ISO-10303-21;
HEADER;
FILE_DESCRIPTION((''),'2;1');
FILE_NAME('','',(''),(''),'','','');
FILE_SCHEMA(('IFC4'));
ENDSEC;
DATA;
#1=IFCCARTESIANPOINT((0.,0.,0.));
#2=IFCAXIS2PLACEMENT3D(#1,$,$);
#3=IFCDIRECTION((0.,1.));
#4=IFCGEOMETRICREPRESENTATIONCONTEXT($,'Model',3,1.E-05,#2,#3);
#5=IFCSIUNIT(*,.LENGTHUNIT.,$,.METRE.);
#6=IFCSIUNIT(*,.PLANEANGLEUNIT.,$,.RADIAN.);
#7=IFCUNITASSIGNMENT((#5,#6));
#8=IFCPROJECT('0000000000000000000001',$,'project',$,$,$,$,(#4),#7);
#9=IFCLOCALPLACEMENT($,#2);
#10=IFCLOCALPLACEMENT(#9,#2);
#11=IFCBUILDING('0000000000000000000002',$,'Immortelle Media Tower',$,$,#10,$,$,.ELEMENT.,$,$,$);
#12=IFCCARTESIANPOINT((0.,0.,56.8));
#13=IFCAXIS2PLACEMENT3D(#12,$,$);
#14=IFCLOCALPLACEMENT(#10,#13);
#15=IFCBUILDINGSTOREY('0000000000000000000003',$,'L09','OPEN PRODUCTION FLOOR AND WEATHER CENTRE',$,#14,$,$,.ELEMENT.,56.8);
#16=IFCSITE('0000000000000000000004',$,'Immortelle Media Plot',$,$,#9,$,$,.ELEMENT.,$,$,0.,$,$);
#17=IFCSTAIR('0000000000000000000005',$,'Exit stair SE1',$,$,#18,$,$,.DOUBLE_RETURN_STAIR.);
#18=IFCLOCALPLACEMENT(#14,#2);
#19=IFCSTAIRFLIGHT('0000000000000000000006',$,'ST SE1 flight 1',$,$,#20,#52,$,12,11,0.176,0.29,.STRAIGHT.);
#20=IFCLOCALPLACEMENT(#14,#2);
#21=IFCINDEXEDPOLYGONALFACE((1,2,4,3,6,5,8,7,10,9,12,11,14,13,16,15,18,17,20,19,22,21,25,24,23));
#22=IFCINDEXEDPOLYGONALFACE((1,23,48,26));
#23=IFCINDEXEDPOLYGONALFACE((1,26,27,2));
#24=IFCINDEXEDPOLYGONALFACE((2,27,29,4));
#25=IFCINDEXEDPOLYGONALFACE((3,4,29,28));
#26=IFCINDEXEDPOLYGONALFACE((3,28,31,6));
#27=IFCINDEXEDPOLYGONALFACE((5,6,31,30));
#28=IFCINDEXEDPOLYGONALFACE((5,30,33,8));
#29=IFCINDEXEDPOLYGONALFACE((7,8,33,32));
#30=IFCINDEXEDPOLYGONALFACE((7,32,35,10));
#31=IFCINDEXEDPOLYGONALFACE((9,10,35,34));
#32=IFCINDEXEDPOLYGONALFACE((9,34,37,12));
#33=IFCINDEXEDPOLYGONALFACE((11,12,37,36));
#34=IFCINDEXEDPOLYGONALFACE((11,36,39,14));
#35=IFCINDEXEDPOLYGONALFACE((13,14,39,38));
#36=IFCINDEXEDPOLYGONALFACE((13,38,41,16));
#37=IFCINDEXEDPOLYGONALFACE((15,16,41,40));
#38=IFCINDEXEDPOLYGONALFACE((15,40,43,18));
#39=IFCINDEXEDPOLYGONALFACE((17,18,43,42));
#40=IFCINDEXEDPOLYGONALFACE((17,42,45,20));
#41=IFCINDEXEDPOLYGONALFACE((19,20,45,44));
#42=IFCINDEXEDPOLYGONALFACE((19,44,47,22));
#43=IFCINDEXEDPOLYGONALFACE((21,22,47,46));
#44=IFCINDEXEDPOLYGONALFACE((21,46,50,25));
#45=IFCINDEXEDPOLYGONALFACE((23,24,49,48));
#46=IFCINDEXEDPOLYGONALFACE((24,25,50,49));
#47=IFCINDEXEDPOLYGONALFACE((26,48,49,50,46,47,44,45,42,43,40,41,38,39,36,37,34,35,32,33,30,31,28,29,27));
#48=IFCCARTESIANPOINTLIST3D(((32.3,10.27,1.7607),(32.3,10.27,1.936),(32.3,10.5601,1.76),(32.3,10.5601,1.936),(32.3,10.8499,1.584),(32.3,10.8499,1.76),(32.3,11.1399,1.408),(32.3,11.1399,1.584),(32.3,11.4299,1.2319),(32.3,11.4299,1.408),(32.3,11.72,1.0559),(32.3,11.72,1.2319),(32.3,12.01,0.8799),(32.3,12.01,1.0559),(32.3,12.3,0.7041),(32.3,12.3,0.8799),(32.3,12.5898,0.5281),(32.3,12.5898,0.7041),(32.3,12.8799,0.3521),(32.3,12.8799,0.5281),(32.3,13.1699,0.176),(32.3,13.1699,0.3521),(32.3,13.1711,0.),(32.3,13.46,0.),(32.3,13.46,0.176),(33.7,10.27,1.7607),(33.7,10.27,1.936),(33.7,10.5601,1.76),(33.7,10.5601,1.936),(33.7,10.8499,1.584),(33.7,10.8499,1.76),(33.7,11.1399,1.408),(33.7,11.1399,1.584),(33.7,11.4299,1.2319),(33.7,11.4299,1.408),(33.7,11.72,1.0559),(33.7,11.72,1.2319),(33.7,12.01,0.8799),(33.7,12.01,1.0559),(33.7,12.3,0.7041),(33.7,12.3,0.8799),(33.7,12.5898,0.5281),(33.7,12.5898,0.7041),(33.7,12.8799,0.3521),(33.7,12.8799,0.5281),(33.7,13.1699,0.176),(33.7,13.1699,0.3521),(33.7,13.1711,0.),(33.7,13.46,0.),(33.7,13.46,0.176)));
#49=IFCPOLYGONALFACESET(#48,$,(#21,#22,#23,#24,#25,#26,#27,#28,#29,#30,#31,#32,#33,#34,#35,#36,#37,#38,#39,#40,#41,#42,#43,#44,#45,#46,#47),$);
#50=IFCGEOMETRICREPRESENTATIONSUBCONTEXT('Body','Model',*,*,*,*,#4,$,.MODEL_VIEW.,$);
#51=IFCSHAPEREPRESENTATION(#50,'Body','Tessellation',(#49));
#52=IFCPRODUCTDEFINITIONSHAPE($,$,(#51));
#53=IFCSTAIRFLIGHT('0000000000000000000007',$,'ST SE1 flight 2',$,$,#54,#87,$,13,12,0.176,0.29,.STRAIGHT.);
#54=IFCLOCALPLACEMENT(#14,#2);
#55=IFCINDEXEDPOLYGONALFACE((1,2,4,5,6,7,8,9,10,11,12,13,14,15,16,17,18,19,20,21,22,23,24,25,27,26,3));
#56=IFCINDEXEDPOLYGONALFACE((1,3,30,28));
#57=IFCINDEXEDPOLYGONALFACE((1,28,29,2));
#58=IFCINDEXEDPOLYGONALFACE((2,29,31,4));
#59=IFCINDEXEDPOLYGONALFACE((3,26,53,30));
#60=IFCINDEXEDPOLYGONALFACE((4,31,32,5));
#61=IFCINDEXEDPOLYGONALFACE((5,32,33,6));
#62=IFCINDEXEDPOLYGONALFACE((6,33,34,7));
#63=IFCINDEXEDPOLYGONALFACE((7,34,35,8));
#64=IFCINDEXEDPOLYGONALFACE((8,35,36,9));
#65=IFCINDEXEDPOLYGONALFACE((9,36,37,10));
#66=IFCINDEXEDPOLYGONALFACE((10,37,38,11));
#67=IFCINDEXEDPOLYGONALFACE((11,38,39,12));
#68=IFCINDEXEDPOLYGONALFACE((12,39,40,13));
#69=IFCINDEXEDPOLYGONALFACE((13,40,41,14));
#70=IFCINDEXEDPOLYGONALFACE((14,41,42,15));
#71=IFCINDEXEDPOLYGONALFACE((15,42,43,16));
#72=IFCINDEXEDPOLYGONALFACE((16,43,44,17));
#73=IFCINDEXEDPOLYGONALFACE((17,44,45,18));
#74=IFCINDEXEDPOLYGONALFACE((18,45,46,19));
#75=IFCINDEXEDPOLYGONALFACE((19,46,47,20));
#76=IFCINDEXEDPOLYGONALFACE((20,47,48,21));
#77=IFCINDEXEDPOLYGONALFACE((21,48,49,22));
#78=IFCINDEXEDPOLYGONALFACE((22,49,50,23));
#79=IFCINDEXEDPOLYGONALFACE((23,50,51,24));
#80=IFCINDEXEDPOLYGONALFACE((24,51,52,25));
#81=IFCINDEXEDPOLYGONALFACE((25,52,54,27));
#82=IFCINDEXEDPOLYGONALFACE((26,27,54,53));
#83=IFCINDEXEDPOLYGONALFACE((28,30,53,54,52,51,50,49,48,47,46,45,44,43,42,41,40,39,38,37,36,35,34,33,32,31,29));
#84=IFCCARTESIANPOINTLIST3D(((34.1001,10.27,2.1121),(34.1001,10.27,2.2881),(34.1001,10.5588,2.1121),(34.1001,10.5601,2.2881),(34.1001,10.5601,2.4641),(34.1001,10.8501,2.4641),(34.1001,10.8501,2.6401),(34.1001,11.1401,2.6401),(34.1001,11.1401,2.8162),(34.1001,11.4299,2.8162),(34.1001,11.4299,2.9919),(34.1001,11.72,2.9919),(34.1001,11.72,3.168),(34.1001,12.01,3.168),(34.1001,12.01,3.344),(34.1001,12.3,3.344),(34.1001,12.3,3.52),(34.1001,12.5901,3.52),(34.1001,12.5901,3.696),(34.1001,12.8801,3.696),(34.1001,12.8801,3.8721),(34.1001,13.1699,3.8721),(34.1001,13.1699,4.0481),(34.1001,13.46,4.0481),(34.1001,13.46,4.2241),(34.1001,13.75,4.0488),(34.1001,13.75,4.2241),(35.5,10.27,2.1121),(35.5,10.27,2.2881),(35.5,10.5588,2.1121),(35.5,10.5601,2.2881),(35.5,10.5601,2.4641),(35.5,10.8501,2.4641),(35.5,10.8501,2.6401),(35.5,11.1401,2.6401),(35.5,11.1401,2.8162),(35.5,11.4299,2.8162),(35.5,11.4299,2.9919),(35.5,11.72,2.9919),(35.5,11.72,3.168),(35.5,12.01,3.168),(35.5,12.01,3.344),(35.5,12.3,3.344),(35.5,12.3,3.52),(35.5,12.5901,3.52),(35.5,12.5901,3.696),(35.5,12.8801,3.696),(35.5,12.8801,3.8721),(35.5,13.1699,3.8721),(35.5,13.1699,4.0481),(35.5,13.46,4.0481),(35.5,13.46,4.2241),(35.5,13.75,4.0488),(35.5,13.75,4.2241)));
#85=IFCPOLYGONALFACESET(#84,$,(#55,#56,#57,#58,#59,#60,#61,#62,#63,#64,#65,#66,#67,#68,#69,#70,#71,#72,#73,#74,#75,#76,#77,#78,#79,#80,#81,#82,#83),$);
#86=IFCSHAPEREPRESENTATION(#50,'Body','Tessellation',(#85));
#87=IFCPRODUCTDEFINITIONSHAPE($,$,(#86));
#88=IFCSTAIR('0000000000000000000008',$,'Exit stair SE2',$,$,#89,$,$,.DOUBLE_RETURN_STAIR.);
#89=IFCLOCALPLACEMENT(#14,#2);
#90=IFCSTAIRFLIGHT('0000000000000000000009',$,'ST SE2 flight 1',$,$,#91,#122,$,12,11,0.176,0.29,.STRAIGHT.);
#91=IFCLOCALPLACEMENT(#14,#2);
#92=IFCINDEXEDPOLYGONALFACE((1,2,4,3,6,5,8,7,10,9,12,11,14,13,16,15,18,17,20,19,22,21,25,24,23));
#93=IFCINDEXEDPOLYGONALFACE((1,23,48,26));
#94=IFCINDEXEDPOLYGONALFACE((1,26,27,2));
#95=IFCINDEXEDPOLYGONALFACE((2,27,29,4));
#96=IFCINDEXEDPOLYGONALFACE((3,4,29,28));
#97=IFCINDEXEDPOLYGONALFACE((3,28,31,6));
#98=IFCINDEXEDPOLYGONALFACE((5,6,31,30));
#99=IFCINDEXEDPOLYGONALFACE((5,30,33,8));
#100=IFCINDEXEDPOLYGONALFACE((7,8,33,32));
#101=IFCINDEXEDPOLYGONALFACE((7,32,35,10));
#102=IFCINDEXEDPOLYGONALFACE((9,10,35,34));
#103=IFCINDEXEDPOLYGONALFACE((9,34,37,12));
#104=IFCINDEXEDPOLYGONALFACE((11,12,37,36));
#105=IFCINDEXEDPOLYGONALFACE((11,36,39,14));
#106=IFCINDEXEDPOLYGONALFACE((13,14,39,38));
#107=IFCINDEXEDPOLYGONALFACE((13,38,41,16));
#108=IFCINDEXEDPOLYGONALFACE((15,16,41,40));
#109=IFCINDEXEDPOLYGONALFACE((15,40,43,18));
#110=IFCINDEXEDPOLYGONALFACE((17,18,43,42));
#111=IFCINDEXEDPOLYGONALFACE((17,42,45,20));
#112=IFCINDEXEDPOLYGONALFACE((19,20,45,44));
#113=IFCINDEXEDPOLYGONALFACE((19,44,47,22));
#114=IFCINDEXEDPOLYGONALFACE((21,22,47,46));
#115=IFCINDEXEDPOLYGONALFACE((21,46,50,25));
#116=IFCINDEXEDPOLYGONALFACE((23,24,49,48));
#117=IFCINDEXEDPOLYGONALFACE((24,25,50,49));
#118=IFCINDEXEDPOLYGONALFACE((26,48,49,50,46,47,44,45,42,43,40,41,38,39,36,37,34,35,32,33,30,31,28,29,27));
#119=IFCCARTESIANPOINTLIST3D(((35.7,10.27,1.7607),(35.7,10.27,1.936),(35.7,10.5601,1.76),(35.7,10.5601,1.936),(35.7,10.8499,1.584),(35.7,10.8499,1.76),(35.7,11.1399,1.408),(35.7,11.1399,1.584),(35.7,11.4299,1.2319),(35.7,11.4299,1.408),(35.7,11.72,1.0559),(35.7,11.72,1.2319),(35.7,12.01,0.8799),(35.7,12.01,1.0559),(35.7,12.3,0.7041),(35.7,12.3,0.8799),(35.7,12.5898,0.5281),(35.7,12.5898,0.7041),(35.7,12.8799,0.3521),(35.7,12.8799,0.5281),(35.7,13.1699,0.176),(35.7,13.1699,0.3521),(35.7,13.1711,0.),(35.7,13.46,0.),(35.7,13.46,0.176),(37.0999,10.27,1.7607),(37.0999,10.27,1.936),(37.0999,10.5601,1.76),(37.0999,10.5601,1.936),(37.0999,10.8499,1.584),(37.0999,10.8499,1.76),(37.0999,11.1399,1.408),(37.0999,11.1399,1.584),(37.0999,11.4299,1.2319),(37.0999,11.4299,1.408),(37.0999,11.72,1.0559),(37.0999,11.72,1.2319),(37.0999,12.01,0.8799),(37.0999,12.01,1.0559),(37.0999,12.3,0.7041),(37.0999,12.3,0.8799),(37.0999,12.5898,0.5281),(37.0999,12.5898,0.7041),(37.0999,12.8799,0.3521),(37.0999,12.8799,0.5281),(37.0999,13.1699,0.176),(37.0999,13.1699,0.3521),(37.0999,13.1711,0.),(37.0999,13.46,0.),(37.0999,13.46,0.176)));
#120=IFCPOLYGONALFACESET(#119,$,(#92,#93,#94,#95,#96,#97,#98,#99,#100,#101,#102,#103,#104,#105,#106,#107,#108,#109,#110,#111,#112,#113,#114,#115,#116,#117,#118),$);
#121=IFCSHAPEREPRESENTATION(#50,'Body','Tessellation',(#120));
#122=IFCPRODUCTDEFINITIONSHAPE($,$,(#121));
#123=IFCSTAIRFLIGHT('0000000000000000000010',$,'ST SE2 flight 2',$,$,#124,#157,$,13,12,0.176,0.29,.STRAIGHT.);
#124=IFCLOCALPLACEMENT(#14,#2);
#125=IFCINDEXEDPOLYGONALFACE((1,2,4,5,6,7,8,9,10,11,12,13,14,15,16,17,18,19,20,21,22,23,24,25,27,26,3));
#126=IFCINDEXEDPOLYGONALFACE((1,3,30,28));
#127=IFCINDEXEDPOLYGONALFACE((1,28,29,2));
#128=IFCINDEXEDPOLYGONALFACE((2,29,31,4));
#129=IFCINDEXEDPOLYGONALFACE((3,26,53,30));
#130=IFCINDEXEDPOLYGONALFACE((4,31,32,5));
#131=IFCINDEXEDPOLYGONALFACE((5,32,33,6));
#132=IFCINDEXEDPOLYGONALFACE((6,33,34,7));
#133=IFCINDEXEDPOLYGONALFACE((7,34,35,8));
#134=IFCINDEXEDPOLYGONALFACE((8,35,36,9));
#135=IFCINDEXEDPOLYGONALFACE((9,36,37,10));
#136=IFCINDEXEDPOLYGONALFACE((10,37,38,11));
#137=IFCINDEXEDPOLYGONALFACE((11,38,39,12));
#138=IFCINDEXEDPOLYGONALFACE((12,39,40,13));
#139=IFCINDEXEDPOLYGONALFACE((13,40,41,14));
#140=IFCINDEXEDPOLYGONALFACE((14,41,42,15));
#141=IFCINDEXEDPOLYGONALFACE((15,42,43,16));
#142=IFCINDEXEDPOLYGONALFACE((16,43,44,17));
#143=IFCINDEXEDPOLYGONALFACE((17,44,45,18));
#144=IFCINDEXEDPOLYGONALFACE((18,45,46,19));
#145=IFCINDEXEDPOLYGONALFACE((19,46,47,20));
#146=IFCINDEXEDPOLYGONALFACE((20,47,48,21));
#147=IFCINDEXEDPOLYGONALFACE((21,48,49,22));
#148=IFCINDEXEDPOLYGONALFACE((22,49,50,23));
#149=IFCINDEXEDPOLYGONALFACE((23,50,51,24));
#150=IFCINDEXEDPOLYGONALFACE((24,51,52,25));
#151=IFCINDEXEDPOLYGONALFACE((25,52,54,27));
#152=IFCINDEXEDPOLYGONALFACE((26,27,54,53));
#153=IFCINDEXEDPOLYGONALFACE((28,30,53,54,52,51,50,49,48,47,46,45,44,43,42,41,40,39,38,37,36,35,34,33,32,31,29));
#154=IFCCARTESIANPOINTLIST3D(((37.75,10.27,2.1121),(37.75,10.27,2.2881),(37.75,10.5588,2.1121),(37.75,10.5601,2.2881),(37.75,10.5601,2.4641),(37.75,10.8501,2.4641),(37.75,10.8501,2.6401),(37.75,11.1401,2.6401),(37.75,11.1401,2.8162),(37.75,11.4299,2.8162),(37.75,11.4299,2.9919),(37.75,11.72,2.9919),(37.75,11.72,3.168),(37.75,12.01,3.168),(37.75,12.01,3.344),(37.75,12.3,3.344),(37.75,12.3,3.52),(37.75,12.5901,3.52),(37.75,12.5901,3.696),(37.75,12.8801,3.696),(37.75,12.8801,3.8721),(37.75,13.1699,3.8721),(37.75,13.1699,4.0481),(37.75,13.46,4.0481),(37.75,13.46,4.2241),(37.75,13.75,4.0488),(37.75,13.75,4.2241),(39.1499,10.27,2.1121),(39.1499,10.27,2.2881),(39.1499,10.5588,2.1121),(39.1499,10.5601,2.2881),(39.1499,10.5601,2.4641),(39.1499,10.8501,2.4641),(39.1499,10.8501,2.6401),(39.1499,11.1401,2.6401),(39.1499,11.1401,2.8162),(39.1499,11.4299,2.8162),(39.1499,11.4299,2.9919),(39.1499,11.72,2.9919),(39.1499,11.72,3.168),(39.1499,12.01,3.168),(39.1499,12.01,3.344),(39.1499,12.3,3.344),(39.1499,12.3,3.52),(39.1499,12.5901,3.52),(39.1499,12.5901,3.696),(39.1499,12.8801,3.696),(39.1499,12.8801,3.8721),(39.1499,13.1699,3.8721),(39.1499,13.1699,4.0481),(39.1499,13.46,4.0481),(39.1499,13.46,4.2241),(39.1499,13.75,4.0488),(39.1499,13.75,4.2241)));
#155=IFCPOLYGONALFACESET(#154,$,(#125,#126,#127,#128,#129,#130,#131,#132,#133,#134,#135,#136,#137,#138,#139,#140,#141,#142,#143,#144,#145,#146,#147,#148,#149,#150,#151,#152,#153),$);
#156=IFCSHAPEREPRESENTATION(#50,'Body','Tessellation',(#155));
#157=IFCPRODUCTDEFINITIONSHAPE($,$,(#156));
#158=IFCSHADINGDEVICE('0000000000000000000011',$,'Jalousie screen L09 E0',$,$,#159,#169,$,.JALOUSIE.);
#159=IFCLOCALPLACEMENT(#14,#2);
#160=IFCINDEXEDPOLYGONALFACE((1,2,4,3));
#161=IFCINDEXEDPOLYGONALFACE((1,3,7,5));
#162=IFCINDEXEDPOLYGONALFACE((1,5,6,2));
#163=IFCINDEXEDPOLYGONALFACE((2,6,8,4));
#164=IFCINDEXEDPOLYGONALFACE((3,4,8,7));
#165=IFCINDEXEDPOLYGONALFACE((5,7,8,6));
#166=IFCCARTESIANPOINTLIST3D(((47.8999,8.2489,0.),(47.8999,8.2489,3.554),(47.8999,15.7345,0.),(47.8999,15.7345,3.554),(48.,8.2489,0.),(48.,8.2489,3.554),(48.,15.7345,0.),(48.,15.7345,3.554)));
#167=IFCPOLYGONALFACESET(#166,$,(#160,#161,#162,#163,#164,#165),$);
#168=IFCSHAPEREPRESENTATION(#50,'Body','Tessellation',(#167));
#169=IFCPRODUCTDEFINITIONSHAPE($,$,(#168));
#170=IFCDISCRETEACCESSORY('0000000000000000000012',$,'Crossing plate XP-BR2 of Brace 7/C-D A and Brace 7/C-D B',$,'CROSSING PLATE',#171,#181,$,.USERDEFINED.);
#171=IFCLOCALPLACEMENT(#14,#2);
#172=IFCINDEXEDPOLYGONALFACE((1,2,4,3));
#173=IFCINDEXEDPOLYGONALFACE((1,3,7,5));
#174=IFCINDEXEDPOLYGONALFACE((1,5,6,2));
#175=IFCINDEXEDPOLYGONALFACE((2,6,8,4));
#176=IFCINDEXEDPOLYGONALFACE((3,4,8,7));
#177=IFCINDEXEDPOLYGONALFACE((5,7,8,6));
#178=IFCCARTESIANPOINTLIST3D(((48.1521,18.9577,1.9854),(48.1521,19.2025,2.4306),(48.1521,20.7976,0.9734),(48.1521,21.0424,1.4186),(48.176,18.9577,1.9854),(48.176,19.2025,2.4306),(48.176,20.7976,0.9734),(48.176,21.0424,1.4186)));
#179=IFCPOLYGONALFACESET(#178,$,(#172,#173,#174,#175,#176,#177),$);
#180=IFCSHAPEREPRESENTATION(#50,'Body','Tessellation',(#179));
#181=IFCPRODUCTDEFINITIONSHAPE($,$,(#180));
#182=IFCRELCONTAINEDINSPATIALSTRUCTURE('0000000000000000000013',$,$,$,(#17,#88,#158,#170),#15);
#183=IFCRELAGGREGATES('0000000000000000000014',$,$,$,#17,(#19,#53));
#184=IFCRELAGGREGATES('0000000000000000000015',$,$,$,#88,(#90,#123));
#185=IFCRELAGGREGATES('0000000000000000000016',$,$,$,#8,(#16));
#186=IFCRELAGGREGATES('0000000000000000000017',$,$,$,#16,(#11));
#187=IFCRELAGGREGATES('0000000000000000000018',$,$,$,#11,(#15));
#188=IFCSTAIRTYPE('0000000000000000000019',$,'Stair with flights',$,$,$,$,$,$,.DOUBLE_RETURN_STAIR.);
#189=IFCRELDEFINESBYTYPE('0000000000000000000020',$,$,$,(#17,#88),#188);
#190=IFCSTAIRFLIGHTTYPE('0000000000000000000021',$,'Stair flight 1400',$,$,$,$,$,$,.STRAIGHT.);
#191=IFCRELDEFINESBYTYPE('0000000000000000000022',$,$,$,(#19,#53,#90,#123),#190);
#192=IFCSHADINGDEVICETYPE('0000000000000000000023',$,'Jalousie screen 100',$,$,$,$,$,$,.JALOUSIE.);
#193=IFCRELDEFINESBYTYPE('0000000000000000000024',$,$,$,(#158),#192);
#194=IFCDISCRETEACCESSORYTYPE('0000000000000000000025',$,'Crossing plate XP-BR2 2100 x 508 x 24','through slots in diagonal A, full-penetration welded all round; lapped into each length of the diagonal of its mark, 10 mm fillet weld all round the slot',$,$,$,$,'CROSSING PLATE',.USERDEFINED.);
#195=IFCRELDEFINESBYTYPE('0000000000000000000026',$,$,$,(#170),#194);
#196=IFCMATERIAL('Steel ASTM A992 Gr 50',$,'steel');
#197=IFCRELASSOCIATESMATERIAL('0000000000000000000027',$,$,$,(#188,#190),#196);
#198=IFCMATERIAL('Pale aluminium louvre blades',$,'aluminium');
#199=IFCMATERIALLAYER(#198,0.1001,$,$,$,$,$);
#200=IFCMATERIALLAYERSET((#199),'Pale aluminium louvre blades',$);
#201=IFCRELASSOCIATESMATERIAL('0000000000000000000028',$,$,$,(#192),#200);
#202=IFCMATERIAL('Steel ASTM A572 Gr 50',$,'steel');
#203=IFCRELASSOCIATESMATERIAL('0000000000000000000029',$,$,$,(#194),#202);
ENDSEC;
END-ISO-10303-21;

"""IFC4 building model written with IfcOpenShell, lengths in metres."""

from ifc_helpers import new_model, si_unit, direction, frame, origin, origin_2d, place, context, subcontext, project, spatial, polyline, rectangle, outline, extrude, material, layer, layer_set, material_profile, profile_set, type_object, element, aggregate, save


model = new_model("IFC4")

# Units and contexts
model_context = context("Model", 3, precision=1e-05, world=origin(), true_north=direction((0.0, 1.0)))
body_context = subcontext(model_context, "Body", "Model", "MODEL_VIEW")
ifc_project = project(units=[si_unit("LENGTHUNIT", "METRE"), si_unit("PLANEANGLEUNIT", "RADIAN")], contexts=[model_context])

# Site, building, storey
site_placement = place(None, origin())
site = spatial("IfcSite", under=ifc_project, at=site_placement, Name="Immortelle Media Plot", CompositionType="ELEMENT", RefElevation=0.0)
building_placement = place(site_placement, origin())
building = spatial("IfcBuilding", under=site, at=building_placement, Name="Immortelle Media Tower", CompositionType="ELEMENT")
storey_placement = place(building_placement, frame((0.0, 0.0, 56.8)))
storey = spatial("IfcBuildingStorey", under=building, at=storey_placement, Name="L09", Description="OPEN PRODUCTION FLOOR AND WEATHER CENTRE", CompositionType="ELEMENT", Elevation=56.8)

# Shared definitions
ifc_material_1 = material(Name="Steel ASTM A992 Gr 50", Category="steel")

# Stairs, stair flights
stair_type = type_object("IfcStairType", Name="Stair with flights", PredefinedType="DOUBLE_RETURN_STAIR", material=ifc_material_1)
stair_1_placement = place(storey_placement, origin())
stair_1 = element("IfcStair", 1, at=stair_1_placement, inside=storey, type_object=stair_type, Name="Exit stair SE1", PredefinedType="DOUBLE_RETURN_STAIR")
stair_flight_type = type_object("IfcStairFlightType", Name="Stair flight 1400", PredefinedType="STRAIGHT", material=ifc_material_1)
stair_flight_1_placement = place(storey_placement, frame((33.0, 13.46, 0.0), z_axis=(0.0, 0.0, 1.0), x_axis=(0.0, -1.0, 0.0)))
stair_flight_1 = element("IfcStairFlight", 2, at=stair_flight_1_placement, type_object=stair_flight_type, Name="ST SE1 flight 1", NumberOfRisers=12, NumberOfTreads=11, PredefinedType="STRAIGHT", RiserHeight=0.176, TreadLength=0.29, context=body_context, shape_type="SweptSolid", body=[
    extrude(outline(polyline([(0.0, 0.0), (0.0, 0.176), (0.29, 0.176), (0.29, 0.3521), (0.5801, 0.3521), (0.5801, 0.5281), (0.8701, 0.5281), (0.8701, 0.7041), (1.1599, 0.7041), (1.1599, 0.8799), (1.45, 0.8799), (1.45, 1.0559), (1.74, 1.0559), (1.74, 1.2319), (2.03, 1.2319), (2.03, 1.408), (2.3201, 1.408), (2.3201, 1.584), (2.6101, 1.584), (2.6101, 1.76), (2.8999, 1.76), (2.8999, 1.936), (3.1899, 1.936), (3.1899, 2.1121), (3.1899, 1.7607), (0.2888, 0.0), (0.0, 0.0)])), frame((0.0, 0.7, 0.0), z_axis=(0.0, -1.0, 0.0), x_axis=(1.0, 0.0, 0.0)), (0.0, 0.0, 1.0), 1.3999),
])
stair_flight_2_placement = place(storey_placement, frame((34.8, 10.27, 2.1121), z_axis=(0.0, 0.0, 1.0), x_axis=(0.0, 1.0, 0.0)))
stair_flight_2 = element("IfcStairFlight", 3, at=stair_flight_2_placement, type_object=stair_flight_type, Name="ST SE1 flight 2", NumberOfRisers=13, NumberOfTreads=12, PredefinedType="STRAIGHT", RiserHeight=0.176, TreadLength=0.29, context=body_context, shape_type="SweptSolid", body=[
    extrude(outline(polyline([(0.0, 0.0), (0.0, 0.176), (0.29, 0.176), (0.29, 0.3521), (0.5801, 0.3521), (0.5801, 0.5281), (0.8701, 0.5281), (0.8701, 0.7041), (1.1599, 0.7041), (1.1599, 0.8799), (1.45, 0.8799), (1.45, 1.0559), (1.74, 1.0559), (1.74, 1.2319), (2.03, 1.2319), (2.03, 1.408), (2.3201, 1.408), (2.3201, 1.584), (2.6101, 1.584), (2.6101, 1.76), (2.8999, 1.76), (2.8999, 1.936), (3.1899, 1.936), (3.1899, 2.1121), (3.48, 2.1121), (3.48, 2.2881), (3.48, 1.9368), (0.2888, 0.0), (0.0, 0.0)])), frame((0.0, 0.7, 0.0), z_axis=(0.0, -1.0, 0.0), x_axis=(1.0, 0.0, 0.0)), (0.0, 0.0, 1.0), 1.3999),
])
aggregate(stair_1, [stair_flight_1, stair_flight_2])
stair_2_placement = place(storey_placement, origin())
stair_2 = element("IfcStair", 4, at=stair_2_placement, inside=storey, type_object=stair_type, Name="Exit stair SE2", PredefinedType="DOUBLE_RETURN_STAIR")
stair_flight_3_placement = place(storey_placement, frame((36.3999, 13.46, 0.0), z_axis=(0.0, 0.0, 1.0), x_axis=(0.0, -1.0, 0.0)))
stair_flight_3 = element("IfcStairFlight", 5, at=stair_flight_3_placement, type_object=stair_flight_type, Name="ST SE2 flight 1", NumberOfRisers=12, NumberOfTreads=11, PredefinedType="STRAIGHT", RiserHeight=0.176, TreadLength=0.29, context=body_context, shape_type="SweptSolid", body=[
    extrude(outline(polyline([(0.0, 0.0), (0.0, 0.176), (0.29, 0.176), (0.29, 0.3521), (0.5801, 0.3521), (0.5801, 0.5281), (0.8701, 0.5281), (0.8701, 0.7041), (1.1599, 0.7041), (1.1599, 0.8799), (1.45, 0.8799), (1.45, 1.0559), (1.74, 1.0559), (1.74, 1.2319), (2.03, 1.2319), (2.03, 1.408), (2.3201, 1.408), (2.3201, 1.584), (2.6101, 1.584), (2.6101, 1.76), (2.8999, 1.76), (2.8999, 1.936), (3.1899, 1.936), (3.1899, 2.1121), (3.1899, 1.7607), (0.2888, 0.0), (0.0, 0.0)])), frame((0.0, 0.7, 0.0), z_axis=(0.0, -1.0, 0.0), x_axis=(1.0, 0.0, 0.0)), (0.0, 0.0, 1.0), 1.3999),
])
stair_flight_4_placement = place(storey_placement, frame((38.45, 10.27, 2.1121), z_axis=(0.0, 0.0, 1.0), x_axis=(0.0, 1.0, 0.0)))
stair_flight_4 = element("IfcStairFlight", 6, at=stair_flight_4_placement, type_object=stair_flight_type, Name="ST SE2 flight 2", NumberOfRisers=13, NumberOfTreads=12, PredefinedType="STRAIGHT", RiserHeight=0.176, TreadLength=0.29, context=body_context, shape_type="SweptSolid", body=[
    extrude(outline(polyline([(0.0, 0.0), (0.0, 0.176), (0.29, 0.176), (0.29, 0.3521), (0.5801, 0.3521), (0.5801, 0.5281), (0.8701, 0.5281), (0.8701, 0.7041), (1.1599, 0.7041), (1.1599, 0.8799), (1.45, 0.8799), (1.45, 1.0559), (1.74, 1.0559), (1.74, 1.2319), (2.03, 1.2319), (2.03, 1.408), (2.3201, 1.408), (2.3201, 1.584), (2.6101, 1.584), (2.6101, 1.76), (2.8999, 1.76), (2.8999, 1.936), (3.1899, 1.936), (3.1899, 2.1121), (3.48, 2.1121), (3.48, 2.2881), (3.48, 1.9368), (0.2888, 0.0), (0.0, 0.0)])), frame((0.0, 0.7, 0.0), z_axis=(0.0, -1.0, 0.0), x_axis=(1.0, 0.0, 0.0)), (0.0, 0.0, 1.0), 1.3999),
])
aggregate(stair_2, [stair_flight_3, stair_flight_4])

# Shading device
ifc_material_2 = material(Name="Pale aluminium louvre blades", Category="aluminium")
ifc_layer_1 = layer(ifc_material_2, 0.1001)
ifc_layer_set_1 = layer_set([ifc_layer_1], Name="Pale aluminium louvre blades")
shading_device_type = type_object("IfcShadingDeviceType", Name="Jalousie screen 100", PredefinedType="JALOUSIE", material=ifc_layer_set_1)
shading_device_placement = place(storey_placement, frame((47.95, 11.9917, 0.0), z_axis=(0.0, 0.0, 1.0), x_axis=(0.0, 1.0, 0.0)))
element("IfcShadingDevice", 7, at=shading_device_placement, inside=storey, type_object=shading_device_type, Name="Jalousie screen L09 E0", PredefinedType="JALOUSIE", context=body_context, shape_type="SweptSolid", body=[
    extrude(rectangle(XDim=7.4856, YDim=0.1001, at=origin_2d()), origin(), (0.0, 0.0, 1.0), 3.554),
])

# Discrete accessory
ifc_material_3 = material(Name="Steel ASTM A572 Gr 50", Category="steel")
ifc_material_profile_1 = material_profile(ifc_material_3, rectangle(XDim=0.0239, YDim=0.5081, at=origin_2d()), Name="PL 24 x 508")
ifc_profile_set_1 = profile_set([ifc_material_profile_1], Name="Steel ASTM A572 Gr 50")
discrete_accessory_type_1 = type_object("IfcDiscreteAccessoryType", Name="Crossing plate XP-BR2 2100 x 508 x 24", Description="through slots in diagonal A, full-penetration welded all round; lapped into each length of the diagonal of its mark, 10 mm fillet weld all round the slot", ElementType="CROSSING PLATE", PredefinedType="USERDEFINED", material=ifc_profile_set_1)
discrete_accessory_placement = place(storey_placement, frame((48.1641, 19.0801, 2.208), z_axis=(0.0, 0.876206, -0.481937), x_axis=(-1.0, 0.0, 0.0)))
element("IfcDiscreteAccessory", 8, at=discrete_accessory_placement, inside=storey, type_object=discrete_accessory_type_1, Name="Crossing plate XP-BR2 of Brace 7/C-D A and Brace 7/C-D B", ObjectType="CROSSING PLATE", PredefinedType="USERDEFINED", context=body_context, shape_type="SweptSolid", body=[
    extrude(rectangle(XDim=0.0239, YDim=0.5081, at=origin_2d()), origin(), (0.0, 0.0, 1.0), 2.0999),
])

save(model, "model.ifc")
